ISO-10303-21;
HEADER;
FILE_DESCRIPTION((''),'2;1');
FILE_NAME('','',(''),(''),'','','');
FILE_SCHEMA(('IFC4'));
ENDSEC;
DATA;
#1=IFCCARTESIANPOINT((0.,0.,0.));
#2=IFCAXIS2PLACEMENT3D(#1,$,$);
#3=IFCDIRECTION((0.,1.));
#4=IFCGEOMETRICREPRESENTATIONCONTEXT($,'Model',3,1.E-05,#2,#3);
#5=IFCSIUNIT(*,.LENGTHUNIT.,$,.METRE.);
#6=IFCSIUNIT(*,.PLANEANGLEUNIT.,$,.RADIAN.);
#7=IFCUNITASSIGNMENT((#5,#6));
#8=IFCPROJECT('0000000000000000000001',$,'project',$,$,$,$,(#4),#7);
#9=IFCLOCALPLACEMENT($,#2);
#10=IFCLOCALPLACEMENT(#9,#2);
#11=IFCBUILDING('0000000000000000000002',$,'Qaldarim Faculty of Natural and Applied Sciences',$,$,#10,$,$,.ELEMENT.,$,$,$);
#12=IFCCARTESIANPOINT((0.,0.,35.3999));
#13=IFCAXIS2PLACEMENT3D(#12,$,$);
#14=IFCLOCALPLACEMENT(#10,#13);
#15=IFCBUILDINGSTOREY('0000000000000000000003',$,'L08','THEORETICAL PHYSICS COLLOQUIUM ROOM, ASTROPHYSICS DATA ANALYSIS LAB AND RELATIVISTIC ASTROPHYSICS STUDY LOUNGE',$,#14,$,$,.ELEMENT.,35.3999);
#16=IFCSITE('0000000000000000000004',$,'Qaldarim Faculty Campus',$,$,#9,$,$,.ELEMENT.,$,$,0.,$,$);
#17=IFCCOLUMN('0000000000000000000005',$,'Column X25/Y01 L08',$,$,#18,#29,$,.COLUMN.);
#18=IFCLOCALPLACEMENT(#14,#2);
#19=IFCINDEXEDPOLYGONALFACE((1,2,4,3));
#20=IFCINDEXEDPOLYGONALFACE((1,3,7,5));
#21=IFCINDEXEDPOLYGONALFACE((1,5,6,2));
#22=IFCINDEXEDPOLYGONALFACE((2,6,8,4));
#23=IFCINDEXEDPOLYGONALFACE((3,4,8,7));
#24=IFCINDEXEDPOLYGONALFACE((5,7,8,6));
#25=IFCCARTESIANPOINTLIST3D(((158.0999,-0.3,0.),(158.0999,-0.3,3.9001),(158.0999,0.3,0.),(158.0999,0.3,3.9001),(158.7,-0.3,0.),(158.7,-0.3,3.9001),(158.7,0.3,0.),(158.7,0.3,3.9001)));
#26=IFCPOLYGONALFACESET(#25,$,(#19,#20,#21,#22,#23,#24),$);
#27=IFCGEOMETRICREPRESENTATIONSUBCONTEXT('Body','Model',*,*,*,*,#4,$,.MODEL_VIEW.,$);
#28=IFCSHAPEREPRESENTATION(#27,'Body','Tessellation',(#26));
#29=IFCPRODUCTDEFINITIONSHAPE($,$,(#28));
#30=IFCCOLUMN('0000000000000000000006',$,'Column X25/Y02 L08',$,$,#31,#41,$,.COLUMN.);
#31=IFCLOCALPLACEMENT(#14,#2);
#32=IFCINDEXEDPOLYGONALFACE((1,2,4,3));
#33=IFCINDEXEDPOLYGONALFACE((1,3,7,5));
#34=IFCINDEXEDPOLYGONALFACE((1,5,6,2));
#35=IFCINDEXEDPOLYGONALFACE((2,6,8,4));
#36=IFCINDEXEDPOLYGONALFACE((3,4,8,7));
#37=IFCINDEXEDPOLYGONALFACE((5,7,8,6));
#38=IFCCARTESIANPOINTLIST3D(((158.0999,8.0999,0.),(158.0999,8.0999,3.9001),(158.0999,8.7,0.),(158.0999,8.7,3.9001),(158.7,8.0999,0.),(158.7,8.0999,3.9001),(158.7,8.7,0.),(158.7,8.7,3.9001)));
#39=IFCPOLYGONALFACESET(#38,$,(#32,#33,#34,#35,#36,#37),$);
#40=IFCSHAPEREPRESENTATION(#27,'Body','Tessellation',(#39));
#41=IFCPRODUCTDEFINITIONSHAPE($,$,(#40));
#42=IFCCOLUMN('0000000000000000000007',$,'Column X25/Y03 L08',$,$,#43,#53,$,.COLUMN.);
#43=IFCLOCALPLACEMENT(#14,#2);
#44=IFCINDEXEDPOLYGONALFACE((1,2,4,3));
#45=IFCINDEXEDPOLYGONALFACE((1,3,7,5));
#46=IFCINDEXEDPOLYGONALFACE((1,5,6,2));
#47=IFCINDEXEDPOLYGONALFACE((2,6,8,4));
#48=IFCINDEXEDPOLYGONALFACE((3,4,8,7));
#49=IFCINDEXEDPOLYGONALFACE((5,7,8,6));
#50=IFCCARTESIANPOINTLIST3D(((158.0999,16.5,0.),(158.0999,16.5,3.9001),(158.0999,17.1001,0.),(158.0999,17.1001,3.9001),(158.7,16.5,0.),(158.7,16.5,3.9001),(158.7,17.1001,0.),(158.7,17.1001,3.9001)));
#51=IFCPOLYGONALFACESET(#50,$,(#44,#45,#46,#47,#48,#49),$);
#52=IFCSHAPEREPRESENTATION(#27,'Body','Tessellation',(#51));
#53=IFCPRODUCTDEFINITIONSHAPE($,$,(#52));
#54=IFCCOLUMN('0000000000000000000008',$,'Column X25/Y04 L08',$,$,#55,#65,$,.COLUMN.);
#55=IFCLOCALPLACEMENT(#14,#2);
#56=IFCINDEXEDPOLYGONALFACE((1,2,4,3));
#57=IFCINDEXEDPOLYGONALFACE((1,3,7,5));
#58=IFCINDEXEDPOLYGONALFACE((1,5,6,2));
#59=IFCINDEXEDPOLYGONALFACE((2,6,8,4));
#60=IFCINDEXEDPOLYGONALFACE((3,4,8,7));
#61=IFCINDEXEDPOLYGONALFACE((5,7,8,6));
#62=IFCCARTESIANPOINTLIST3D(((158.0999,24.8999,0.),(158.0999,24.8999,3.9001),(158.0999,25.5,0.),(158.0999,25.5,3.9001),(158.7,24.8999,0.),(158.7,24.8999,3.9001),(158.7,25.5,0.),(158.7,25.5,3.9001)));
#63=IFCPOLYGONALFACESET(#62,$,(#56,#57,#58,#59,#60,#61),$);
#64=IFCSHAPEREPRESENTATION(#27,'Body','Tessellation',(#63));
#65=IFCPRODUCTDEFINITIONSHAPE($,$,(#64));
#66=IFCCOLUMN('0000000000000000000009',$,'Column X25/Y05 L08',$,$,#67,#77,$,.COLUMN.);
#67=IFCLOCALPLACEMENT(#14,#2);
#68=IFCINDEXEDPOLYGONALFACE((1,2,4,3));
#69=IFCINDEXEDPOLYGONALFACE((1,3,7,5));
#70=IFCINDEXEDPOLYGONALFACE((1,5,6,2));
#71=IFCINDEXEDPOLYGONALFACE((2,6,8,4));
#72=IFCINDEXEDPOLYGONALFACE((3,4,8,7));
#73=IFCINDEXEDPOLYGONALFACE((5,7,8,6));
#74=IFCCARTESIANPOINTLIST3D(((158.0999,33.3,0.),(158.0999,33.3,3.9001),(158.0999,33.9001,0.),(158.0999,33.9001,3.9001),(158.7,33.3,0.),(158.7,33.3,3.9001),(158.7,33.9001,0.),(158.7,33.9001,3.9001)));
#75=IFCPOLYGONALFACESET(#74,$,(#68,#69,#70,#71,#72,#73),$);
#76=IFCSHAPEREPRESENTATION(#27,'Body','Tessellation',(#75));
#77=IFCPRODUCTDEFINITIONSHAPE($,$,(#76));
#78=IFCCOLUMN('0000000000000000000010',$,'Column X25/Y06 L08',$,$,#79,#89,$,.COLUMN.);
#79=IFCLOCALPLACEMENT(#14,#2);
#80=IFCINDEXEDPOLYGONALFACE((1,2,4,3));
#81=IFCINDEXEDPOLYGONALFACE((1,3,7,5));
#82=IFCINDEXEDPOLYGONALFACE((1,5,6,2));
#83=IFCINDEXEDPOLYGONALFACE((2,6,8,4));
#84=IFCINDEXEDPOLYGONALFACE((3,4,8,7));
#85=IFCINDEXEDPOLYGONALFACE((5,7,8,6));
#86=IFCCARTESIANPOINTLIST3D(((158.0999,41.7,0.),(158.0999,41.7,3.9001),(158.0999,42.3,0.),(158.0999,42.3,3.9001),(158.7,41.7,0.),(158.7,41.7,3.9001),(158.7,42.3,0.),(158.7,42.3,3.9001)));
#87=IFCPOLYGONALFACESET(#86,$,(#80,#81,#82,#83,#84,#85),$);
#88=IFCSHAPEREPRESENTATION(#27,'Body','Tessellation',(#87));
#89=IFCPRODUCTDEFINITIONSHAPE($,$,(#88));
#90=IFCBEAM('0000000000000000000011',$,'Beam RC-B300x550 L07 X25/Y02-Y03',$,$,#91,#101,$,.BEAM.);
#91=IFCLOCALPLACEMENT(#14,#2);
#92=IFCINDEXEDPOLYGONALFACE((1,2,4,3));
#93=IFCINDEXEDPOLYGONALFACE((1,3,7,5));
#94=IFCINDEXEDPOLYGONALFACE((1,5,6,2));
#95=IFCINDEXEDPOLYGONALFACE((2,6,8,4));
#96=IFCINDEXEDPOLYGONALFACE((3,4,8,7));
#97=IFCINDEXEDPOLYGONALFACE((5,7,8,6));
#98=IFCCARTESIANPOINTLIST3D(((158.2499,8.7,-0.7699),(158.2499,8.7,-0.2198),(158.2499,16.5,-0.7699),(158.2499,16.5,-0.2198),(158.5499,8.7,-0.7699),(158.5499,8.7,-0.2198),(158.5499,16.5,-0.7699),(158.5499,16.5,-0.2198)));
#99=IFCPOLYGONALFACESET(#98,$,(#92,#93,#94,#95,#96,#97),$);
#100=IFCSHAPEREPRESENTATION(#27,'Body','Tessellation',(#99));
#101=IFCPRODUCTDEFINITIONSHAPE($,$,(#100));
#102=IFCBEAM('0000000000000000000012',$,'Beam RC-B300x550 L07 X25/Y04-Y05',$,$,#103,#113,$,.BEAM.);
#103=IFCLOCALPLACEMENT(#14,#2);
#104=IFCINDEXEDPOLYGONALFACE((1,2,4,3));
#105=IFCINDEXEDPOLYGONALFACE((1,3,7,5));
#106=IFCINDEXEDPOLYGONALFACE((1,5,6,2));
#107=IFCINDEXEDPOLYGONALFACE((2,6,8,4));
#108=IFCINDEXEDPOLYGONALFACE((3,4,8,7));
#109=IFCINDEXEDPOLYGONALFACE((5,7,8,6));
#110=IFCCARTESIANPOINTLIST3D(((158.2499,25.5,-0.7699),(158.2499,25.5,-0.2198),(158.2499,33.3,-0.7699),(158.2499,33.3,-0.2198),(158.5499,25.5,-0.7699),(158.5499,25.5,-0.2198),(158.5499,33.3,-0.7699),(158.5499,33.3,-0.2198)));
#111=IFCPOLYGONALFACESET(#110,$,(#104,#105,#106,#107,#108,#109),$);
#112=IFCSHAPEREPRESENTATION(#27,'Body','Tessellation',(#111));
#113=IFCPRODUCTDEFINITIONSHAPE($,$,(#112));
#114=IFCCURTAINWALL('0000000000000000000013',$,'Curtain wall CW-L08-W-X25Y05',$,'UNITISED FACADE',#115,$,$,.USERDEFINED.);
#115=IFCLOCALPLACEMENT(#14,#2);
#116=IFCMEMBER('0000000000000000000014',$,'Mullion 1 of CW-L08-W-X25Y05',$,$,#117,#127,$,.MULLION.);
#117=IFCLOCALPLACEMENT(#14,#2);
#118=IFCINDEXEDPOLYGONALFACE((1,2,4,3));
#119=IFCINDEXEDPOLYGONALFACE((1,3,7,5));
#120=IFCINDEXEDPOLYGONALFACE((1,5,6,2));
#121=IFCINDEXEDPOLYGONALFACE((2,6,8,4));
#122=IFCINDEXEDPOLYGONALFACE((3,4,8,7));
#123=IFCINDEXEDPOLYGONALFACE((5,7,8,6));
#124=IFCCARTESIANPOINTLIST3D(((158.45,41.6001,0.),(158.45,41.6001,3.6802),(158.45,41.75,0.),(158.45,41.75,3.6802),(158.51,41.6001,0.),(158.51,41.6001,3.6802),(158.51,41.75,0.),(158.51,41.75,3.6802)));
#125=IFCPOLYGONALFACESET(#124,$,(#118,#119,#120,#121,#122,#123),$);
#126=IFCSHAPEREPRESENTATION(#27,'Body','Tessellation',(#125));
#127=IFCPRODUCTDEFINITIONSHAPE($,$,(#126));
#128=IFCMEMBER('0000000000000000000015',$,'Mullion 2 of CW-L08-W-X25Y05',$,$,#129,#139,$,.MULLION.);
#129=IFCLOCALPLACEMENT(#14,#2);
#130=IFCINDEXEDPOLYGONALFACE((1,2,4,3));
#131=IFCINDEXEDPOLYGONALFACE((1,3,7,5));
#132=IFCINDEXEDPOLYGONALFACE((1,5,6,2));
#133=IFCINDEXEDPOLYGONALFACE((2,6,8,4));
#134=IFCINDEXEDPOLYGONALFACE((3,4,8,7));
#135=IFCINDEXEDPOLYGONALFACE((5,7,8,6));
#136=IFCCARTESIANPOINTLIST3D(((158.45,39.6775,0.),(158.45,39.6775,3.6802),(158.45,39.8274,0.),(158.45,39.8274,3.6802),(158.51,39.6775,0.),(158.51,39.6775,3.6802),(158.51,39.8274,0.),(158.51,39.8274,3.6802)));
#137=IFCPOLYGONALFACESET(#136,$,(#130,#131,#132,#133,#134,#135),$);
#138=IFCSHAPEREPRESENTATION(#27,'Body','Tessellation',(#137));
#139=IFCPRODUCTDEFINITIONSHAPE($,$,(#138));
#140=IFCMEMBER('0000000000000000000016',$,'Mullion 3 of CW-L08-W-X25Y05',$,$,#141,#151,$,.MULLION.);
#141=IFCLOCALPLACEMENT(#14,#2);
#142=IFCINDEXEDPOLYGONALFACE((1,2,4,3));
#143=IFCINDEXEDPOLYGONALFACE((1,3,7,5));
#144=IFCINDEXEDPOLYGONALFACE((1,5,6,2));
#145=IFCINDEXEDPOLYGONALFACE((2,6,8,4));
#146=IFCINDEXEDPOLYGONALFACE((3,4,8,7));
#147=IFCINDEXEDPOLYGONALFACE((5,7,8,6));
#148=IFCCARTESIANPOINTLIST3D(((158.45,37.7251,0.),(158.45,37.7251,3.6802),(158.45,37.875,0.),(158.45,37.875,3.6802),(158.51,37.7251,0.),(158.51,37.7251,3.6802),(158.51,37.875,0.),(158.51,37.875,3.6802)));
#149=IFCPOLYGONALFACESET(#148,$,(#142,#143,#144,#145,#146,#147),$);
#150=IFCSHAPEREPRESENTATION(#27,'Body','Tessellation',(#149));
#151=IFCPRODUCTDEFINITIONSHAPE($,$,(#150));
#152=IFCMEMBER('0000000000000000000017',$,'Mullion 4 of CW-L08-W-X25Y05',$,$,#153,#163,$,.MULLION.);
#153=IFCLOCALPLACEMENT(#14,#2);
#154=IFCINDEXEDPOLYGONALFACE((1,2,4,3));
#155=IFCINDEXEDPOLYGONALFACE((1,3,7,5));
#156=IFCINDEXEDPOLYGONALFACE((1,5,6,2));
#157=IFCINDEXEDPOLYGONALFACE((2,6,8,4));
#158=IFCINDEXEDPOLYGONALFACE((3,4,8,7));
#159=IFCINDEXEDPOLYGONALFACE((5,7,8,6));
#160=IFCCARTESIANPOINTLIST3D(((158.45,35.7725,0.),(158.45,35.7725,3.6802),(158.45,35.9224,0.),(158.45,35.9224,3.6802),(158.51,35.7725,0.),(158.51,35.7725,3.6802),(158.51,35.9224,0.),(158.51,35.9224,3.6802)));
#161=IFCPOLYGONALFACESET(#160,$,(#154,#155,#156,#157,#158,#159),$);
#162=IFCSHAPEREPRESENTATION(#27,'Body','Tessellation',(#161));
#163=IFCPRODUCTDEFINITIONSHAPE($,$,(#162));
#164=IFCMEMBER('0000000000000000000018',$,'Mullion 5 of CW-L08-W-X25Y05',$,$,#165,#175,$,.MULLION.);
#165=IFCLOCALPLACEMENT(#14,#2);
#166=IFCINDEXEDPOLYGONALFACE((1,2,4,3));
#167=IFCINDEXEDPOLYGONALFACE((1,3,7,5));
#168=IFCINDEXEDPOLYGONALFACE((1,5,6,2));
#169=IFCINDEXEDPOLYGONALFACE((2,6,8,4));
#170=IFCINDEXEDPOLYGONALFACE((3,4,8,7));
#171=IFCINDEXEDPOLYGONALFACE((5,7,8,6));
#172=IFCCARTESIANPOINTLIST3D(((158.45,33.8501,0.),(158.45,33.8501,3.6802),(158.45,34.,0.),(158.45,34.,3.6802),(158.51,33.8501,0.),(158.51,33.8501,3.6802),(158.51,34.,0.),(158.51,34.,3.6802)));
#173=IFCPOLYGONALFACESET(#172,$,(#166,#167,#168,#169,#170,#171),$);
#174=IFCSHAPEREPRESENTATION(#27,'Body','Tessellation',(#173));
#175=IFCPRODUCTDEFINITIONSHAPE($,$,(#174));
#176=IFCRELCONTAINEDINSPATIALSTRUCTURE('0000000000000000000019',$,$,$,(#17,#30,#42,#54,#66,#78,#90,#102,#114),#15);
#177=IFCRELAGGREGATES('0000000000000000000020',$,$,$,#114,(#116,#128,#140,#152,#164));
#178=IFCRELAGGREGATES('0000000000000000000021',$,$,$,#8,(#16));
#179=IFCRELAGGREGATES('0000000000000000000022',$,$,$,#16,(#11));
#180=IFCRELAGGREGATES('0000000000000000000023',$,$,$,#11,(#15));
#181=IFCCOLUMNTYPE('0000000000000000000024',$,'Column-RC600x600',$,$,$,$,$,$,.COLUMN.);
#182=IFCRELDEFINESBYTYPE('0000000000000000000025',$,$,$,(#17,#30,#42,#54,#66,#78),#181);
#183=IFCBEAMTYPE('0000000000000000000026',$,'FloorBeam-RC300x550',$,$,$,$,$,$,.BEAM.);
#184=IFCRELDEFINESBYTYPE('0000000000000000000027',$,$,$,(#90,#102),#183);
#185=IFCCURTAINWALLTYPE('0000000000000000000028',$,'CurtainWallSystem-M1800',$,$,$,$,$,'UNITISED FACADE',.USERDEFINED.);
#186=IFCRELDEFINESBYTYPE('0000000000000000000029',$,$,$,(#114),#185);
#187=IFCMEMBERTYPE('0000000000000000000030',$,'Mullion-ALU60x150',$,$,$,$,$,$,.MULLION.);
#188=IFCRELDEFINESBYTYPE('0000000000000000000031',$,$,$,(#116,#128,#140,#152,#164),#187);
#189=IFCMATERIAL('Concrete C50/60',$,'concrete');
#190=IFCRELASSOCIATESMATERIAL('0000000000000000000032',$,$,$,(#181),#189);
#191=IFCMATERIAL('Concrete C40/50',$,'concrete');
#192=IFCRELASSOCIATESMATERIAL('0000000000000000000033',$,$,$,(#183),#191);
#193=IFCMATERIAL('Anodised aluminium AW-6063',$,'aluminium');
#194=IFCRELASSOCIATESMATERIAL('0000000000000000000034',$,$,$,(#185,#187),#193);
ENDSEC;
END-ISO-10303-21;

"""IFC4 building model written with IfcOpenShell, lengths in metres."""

from ifc_helpers import new_model, si_unit, direction, frame, origin, origin_2d, place, context, subcontext, project, spatial, rectangle, extrude, material, material_profile, profile_set, type_object, element, aggregate, save


model = new_model("IFC4")

# Units and contexts
model_context = context("Model", 3, precision=1e-05, world=origin(), true_north=direction((0.0, 1.0)))
body_context = subcontext(model_context, "Body", "Model", "MODEL_VIEW")
ifc_project = project(units=[si_unit("LENGTHUNIT", "METRE"), si_unit("PLANEANGLEUNIT", "RADIAN")], contexts=[model_context])

# Site, building, storey
site_placement = place(None, origin())
site = spatial("IfcSite", under=ifc_project, at=site_placement, Name="Qaldarim Faculty Campus", CompositionType="ELEMENT", RefElevation=0.0)
building_placement = place(site_placement, origin())
building = spatial("IfcBuilding", under=site, at=building_placement, Name="Qaldarim Faculty of Natural and Applied Sciences", CompositionType="ELEMENT")
storey_placement = place(building_placement, frame((0.0, 0.0, 35.3999)))
storey = spatial("IfcBuildingStorey", under=building, at=storey_placement, Name="L08", Description="THEORETICAL PHYSICS COLLOQUIUM ROOM, ASTROPHYSICS DATA ANALYSIS LAB AND RELATIVISTIC ASTROPHYSICS STUDY LOUNGE", CompositionType="ELEMENT", Elevation=35.3999)

# Columns
ifc_material_1 = material(Name="Concrete C50/60", Category="concrete")
ifc_material_profile_1 = material_profile(ifc_material_1, rectangle(XDim=0.6001, YDim=0.6001, at=origin_2d()), Name="RC-C600x600")
ifc_profile_set_1 = profile_set([ifc_material_profile_1], Name="Concrete C50/60")
column_type = type_object("IfcColumnType", Name="Column-RC600x600", PredefinedType="COLUMN", material=ifc_profile_set_1)
for number, where, z_axis, x_axis, name in (
    (1, (158.3999, 0.0, 0.0), (0.0, 0.0, 1.0), (1.0, 0.0, 0.0), "Column X25/Y01 L08"),
    (2, (158.3999, 8.3999, 0.0), (0.0, 0.0, 1.0), (1.0, 0.0, 0.0), "Column X25/Y02 L08"),
    (3, (158.3999, 16.8, 0.0), (0.0, 0.0, 1.0), (1.0, 0.0, 0.0), "Column X25/Y03 L08"),
    (4, (158.3999, 25.2, 0.0), (0.0, 0.0, 1.0), (1.0, 0.0, 0.0), "Column X25/Y04 L08"),
    (5, (158.3999, 33.6001, 0.0), (0.0, 0.0, 1.0), (1.0, 0.0, 0.0), "Column X25/Y05 L08"),
    (6, (158.3999, 42.0, 0.0), (0.0, 0.0, 1.0), (1.0, 0.0, 0.0), "Column X25/Y06 L08"),
):
    element("IfcColumn", number, at=place(storey_placement, frame(where, z_axis=z_axis, x_axis=x_axis)), inside=storey, type_object=column_type, Name=name, PredefinedType="COLUMN", context=body_context, shape_type="SweptSolid", body=[
        extrude(rectangle(XDim=0.6001, YDim=0.6001, at=origin_2d()), origin(), (0.0, 0.0, 1.0), 3.9001),
    ])

# Beams
ifc_material_2 = material(Name="Concrete C40/50", Category="concrete")
ifc_material_profile_2 = material_profile(ifc_material_2, rectangle(XDim=0.3, YDim=0.55, at=origin_2d()), Name="RC-B300x550")
ifc_profile_set_2 = profile_set([ifc_material_profile_2], Name="Concrete C40/50")
beam_type_1 = type_object("IfcBeamType", Name="FloorBeam-RC300x550", PredefinedType="BEAM", material=ifc_profile_set_2)
for number, where, z_axis, x_axis, name in (
    (7, (158.3999, 8.7, -0.4949), (0.0, 1.0, 0.0), (-1.0, 0.0, 0.0), "Beam RC-B300x550 L07 X25/Y02-Y03"),
    (8, (158.3999, 25.5, -0.4949), (0.0, 1.0, 0.0), (-1.0, 0.0, 0.0), "Beam RC-B300x550 L07 X25/Y04-Y05"),
):
    element("IfcBeam", number, at=place(storey_placement, frame(where, z_axis=z_axis, x_axis=x_axis)), inside=storey, type_object=beam_type_1, Name=name, PredefinedType="BEAM", context=body_context, shape_type="SweptSolid", body=[
        extrude(rectangle(XDim=0.3, YDim=0.55, at=origin_2d()), origin(), (0.0, 0.0, 1.0), 7.8),
    ])

# Curtain wall, members
ifc_material_3 = material(Name="Anodised aluminium AW-6063", Category="aluminium")
curtain_wall_type = type_object("IfcCurtainWallType", Name="CurtainWallSystem-M1800", ElementType="UNITISED FACADE", PredefinedType="USERDEFINED", material=ifc_material_3)
curtain_wall_placement = place(storey_placement, origin())
curtain_wall = element("IfcCurtainWall", 9, at=curtain_wall_placement, inside=storey, type_object=curtain_wall_type, Name="Curtain wall CW-L08-W-X25Y05", ObjectType="UNITISED FACADE", PredefinedType="USERDEFINED")
ifc_material_profile_3 = material_profile(ifc_material_3, rectangle(XDim=0.0601, YDim=0.1499, at=origin_2d()), Name="ALU-M60x150")
ifc_profile_set_3 = profile_set([ifc_material_profile_3], Name="Anodised aluminium AW-6063")
member_type_1 = type_object("IfcMemberType", Name="Mullion-ALU60x150", PredefinedType="MULLION", material=ifc_profile_set_3)
member_1_placement = place(storey_placement, frame((158.48, 41.675, 0.0), z_axis=(0.0, 0.0, 1.0), x_axis=(1.0, 0.0, 0.0)))
member_1 = element("IfcMember", 10, at=member_1_placement, type_object=member_type_1, Name="Mullion 1 of CW-L08-W-X25Y05", PredefinedType="MULLION", context=body_context, shape_type="SweptSolid", body=[
    extrude(rectangle(XDim=0.0601, YDim=0.1499, at=origin_2d()), origin(), (0.0, 0.0, 1.0), 3.6802),
])
member_2_placement = place(storey_placement, frame((158.48, 39.7524, 0.0), z_axis=(0.0, 0.0, 1.0), x_axis=(1.0, 0.0, 0.0)))
member_2 = element("IfcMember", 11, at=member_2_placement, type_object=member_type_1, Name="Mullion 2 of CW-L08-W-X25Y05", PredefinedType="MULLION", context=body_context, shape_type="SweptSolid", body=[
    extrude(rectangle(XDim=0.0601, YDim=0.1499, at=origin_2d()), origin(), (0.0, 0.0, 1.0), 3.6802),
])
member_3_placement = place(storey_placement, frame((158.48, 37.8, 0.0), z_axis=(0.0, 0.0, 1.0), x_axis=(1.0, 0.0, 0.0)))
member_3 = element("IfcMember", 12, at=member_3_placement, type_object=member_type_1, Name="Mullion 3 of CW-L08-W-X25Y05", PredefinedType="MULLION", context=body_context, shape_type="SweptSolid", body=[
    extrude(rectangle(XDim=0.0601, YDim=0.1499, at=origin_2d()), origin(), (0.0, 0.0, 1.0), 3.6802),
])
member_4_placement = place(storey_placement, frame((158.48, 35.8474, 0.0), z_axis=(0.0, 0.0, 1.0), x_axis=(1.0, 0.0, 0.0)))
member_4 = element("IfcMember", 13, at=member_4_placement, type_object=member_type_1, Name="Mullion 4 of CW-L08-W-X25Y05", PredefinedType="MULLION", context=body_context, shape_type="SweptSolid", body=[
    extrude(rectangle(XDim=0.0601, YDim=0.1499, at=origin_2d()), origin(), (0.0, 0.0, 1.0), 3.6802),
])
member_5_placement = place(storey_placement, frame((158.48, 33.925, 0.0), z_axis=(0.0, 0.0, 1.0), x_axis=(1.0, 0.0, 0.0)))
member_5 = element("IfcMember", 14, at=member_5_placement, type_object=member_type_1, Name="Mullion 5 of CW-L08-W-X25Y05", PredefinedType="MULLION", context=body_context, shape_type="SweptSolid", body=[
    extrude(rectangle(XDim=0.0601, YDim=0.1499, at=origin_2d()), origin(), (0.0, 0.0, 1.0), 3.6802),
])
aggregate(curtain_wall, [member_1, member_2, member_3, member_4, member_5])

save(model, "model.ifc")
